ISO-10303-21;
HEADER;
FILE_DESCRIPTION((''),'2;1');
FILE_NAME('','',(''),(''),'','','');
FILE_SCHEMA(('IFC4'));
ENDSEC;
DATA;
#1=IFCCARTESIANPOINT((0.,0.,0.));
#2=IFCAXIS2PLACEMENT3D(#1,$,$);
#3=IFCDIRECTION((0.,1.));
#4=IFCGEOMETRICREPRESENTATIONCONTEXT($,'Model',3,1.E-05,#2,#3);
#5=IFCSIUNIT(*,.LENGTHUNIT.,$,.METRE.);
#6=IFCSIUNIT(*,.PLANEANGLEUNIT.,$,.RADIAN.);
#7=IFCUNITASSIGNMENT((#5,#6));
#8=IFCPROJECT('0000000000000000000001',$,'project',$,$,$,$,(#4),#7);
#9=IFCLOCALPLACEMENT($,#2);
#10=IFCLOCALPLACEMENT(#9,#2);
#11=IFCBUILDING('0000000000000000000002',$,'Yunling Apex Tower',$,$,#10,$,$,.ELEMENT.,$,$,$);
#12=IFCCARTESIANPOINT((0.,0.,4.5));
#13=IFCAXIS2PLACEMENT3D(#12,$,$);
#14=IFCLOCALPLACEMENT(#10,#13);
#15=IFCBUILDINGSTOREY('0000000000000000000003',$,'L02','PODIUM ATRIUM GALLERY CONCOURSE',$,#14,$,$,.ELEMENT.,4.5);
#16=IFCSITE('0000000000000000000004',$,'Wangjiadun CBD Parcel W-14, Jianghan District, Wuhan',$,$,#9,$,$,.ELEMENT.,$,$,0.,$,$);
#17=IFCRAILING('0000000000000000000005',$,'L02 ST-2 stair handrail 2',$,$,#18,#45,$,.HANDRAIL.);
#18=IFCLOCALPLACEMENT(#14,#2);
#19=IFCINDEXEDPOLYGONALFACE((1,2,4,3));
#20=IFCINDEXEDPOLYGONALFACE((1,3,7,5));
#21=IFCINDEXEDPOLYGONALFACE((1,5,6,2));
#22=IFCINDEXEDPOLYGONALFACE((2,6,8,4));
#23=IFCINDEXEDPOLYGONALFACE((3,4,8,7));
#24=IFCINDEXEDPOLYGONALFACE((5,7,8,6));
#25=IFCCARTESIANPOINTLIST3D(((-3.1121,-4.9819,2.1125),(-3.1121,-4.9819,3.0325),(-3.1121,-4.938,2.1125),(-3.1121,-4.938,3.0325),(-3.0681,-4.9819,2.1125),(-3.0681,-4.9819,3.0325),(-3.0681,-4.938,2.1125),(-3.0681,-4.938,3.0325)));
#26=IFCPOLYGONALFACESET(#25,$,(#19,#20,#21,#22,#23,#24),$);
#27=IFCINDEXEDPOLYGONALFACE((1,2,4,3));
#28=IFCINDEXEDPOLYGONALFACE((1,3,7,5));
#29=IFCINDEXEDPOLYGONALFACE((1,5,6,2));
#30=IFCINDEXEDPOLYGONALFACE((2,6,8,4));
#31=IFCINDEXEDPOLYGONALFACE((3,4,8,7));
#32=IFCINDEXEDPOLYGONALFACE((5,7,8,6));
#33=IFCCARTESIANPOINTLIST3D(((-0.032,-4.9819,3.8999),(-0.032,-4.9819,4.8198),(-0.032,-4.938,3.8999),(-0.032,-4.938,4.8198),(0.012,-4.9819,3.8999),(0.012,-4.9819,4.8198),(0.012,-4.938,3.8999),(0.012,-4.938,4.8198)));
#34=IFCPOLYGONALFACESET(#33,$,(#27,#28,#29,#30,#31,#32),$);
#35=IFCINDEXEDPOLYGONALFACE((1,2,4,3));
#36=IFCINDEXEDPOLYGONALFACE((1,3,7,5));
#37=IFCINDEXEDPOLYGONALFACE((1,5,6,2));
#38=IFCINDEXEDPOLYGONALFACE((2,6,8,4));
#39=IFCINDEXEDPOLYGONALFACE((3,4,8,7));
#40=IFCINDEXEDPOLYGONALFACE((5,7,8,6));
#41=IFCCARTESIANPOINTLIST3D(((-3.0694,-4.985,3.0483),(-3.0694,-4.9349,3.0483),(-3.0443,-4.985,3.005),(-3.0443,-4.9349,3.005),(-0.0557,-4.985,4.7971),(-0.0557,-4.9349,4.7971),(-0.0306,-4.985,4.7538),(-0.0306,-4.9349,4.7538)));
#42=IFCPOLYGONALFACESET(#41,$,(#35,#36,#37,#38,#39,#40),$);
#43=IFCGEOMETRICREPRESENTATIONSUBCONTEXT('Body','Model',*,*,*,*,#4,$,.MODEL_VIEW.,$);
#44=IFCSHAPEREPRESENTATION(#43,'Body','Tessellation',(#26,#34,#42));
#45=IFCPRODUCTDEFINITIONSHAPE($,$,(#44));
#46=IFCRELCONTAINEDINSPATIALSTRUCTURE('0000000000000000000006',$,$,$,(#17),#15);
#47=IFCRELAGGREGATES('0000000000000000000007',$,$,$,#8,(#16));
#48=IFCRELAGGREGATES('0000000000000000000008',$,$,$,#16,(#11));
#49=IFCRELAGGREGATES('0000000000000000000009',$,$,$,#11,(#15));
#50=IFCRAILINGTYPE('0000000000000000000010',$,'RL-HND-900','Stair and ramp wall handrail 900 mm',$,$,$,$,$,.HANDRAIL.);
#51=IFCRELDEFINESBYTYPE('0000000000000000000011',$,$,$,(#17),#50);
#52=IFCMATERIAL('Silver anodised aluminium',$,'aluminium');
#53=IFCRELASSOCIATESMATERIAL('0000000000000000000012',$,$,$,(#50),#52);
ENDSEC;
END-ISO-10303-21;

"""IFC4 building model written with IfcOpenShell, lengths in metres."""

from ifc_helpers import new_model, si_unit, direction, frame, origin, origin_2d, place, context, subcontext, project, spatial, rectangle, extrude, material, type_object, element, save


model = new_model("IFC4")

# Units and contexts
model_context = context("Model", 3, precision=1e-05, world=origin(), true_north=direction((0.0, 1.0)))
body_context = subcontext(model_context, "Body", "Model", "MODEL_VIEW")
ifc_project = project(units=[si_unit("LENGTHUNIT", "METRE"), si_unit("PLANEANGLEUNIT", "RADIAN")], contexts=[model_context])

# Site, building, storey
site_placement = place(None, origin())
site = spatial("IfcSite", under=ifc_project, at=site_placement, Name="Wangjiadun CBD Parcel W-14, Jianghan District, Wuhan", CompositionType="ELEMENT", RefElevation=0.0)
building_placement = place(site_placement, origin())
building = spatial("IfcBuilding", under=site, at=building_placement, Name="Yunling Apex Tower", CompositionType="ELEMENT")
storey_placement = place(building_placement, frame((0.0, 0.0, 4.5)))
storey = spatial("IfcBuildingStorey", under=building, at=storey_placement, Name="L02", Description="PODIUM ATRIUM GALLERY CONCOURSE", CompositionType="ELEMENT", Elevation=4.5)

# Railing
ifc_material_1 = material(Name="Silver anodised aluminium", Category="aluminium")
railing_type_1 = type_object("IfcRailingType", Name="RL-HND-900", Description="Stair and ramp wall handrail 900 mm", PredefinedType="HANDRAIL", material=ifc_material_1)
railing_1_placement = place(storey_placement, frame((-3.0901, -4.96, 2.1125)))
element("IfcRailing", 1, at=railing_1_placement, inside=storey, type_object=railing_type_1, Name="L02 ST-2 stair handrail 2", PredefinedType="HANDRAIL", context=body_context, shape_type="SweptSolid", body=[
    extrude(rectangle(XDim=0.0439, YDim=0.0439, at=origin_2d()), origin(), (0.0, 0.0, 1.0), 0.9199),
    extrude(rectangle(XDim=0.0439, YDim=0.0439, at=origin_2d()), frame((3.0801, 0.0, 1.7874)), (0.0, 0.0, 1.0), 0.9199),
    extrude(rectangle(XDim=0.05, YDim=0.05, at=origin_2d()), frame((0.0332, 0.0, 0.9141), z_axis=(0.86492, 0.0, 0.501909), x_axis=(0.0, 1.0, 0.0)), (0.0, 0.0, 1.0), 3.4844),
])

save(model, "model.ifc")
